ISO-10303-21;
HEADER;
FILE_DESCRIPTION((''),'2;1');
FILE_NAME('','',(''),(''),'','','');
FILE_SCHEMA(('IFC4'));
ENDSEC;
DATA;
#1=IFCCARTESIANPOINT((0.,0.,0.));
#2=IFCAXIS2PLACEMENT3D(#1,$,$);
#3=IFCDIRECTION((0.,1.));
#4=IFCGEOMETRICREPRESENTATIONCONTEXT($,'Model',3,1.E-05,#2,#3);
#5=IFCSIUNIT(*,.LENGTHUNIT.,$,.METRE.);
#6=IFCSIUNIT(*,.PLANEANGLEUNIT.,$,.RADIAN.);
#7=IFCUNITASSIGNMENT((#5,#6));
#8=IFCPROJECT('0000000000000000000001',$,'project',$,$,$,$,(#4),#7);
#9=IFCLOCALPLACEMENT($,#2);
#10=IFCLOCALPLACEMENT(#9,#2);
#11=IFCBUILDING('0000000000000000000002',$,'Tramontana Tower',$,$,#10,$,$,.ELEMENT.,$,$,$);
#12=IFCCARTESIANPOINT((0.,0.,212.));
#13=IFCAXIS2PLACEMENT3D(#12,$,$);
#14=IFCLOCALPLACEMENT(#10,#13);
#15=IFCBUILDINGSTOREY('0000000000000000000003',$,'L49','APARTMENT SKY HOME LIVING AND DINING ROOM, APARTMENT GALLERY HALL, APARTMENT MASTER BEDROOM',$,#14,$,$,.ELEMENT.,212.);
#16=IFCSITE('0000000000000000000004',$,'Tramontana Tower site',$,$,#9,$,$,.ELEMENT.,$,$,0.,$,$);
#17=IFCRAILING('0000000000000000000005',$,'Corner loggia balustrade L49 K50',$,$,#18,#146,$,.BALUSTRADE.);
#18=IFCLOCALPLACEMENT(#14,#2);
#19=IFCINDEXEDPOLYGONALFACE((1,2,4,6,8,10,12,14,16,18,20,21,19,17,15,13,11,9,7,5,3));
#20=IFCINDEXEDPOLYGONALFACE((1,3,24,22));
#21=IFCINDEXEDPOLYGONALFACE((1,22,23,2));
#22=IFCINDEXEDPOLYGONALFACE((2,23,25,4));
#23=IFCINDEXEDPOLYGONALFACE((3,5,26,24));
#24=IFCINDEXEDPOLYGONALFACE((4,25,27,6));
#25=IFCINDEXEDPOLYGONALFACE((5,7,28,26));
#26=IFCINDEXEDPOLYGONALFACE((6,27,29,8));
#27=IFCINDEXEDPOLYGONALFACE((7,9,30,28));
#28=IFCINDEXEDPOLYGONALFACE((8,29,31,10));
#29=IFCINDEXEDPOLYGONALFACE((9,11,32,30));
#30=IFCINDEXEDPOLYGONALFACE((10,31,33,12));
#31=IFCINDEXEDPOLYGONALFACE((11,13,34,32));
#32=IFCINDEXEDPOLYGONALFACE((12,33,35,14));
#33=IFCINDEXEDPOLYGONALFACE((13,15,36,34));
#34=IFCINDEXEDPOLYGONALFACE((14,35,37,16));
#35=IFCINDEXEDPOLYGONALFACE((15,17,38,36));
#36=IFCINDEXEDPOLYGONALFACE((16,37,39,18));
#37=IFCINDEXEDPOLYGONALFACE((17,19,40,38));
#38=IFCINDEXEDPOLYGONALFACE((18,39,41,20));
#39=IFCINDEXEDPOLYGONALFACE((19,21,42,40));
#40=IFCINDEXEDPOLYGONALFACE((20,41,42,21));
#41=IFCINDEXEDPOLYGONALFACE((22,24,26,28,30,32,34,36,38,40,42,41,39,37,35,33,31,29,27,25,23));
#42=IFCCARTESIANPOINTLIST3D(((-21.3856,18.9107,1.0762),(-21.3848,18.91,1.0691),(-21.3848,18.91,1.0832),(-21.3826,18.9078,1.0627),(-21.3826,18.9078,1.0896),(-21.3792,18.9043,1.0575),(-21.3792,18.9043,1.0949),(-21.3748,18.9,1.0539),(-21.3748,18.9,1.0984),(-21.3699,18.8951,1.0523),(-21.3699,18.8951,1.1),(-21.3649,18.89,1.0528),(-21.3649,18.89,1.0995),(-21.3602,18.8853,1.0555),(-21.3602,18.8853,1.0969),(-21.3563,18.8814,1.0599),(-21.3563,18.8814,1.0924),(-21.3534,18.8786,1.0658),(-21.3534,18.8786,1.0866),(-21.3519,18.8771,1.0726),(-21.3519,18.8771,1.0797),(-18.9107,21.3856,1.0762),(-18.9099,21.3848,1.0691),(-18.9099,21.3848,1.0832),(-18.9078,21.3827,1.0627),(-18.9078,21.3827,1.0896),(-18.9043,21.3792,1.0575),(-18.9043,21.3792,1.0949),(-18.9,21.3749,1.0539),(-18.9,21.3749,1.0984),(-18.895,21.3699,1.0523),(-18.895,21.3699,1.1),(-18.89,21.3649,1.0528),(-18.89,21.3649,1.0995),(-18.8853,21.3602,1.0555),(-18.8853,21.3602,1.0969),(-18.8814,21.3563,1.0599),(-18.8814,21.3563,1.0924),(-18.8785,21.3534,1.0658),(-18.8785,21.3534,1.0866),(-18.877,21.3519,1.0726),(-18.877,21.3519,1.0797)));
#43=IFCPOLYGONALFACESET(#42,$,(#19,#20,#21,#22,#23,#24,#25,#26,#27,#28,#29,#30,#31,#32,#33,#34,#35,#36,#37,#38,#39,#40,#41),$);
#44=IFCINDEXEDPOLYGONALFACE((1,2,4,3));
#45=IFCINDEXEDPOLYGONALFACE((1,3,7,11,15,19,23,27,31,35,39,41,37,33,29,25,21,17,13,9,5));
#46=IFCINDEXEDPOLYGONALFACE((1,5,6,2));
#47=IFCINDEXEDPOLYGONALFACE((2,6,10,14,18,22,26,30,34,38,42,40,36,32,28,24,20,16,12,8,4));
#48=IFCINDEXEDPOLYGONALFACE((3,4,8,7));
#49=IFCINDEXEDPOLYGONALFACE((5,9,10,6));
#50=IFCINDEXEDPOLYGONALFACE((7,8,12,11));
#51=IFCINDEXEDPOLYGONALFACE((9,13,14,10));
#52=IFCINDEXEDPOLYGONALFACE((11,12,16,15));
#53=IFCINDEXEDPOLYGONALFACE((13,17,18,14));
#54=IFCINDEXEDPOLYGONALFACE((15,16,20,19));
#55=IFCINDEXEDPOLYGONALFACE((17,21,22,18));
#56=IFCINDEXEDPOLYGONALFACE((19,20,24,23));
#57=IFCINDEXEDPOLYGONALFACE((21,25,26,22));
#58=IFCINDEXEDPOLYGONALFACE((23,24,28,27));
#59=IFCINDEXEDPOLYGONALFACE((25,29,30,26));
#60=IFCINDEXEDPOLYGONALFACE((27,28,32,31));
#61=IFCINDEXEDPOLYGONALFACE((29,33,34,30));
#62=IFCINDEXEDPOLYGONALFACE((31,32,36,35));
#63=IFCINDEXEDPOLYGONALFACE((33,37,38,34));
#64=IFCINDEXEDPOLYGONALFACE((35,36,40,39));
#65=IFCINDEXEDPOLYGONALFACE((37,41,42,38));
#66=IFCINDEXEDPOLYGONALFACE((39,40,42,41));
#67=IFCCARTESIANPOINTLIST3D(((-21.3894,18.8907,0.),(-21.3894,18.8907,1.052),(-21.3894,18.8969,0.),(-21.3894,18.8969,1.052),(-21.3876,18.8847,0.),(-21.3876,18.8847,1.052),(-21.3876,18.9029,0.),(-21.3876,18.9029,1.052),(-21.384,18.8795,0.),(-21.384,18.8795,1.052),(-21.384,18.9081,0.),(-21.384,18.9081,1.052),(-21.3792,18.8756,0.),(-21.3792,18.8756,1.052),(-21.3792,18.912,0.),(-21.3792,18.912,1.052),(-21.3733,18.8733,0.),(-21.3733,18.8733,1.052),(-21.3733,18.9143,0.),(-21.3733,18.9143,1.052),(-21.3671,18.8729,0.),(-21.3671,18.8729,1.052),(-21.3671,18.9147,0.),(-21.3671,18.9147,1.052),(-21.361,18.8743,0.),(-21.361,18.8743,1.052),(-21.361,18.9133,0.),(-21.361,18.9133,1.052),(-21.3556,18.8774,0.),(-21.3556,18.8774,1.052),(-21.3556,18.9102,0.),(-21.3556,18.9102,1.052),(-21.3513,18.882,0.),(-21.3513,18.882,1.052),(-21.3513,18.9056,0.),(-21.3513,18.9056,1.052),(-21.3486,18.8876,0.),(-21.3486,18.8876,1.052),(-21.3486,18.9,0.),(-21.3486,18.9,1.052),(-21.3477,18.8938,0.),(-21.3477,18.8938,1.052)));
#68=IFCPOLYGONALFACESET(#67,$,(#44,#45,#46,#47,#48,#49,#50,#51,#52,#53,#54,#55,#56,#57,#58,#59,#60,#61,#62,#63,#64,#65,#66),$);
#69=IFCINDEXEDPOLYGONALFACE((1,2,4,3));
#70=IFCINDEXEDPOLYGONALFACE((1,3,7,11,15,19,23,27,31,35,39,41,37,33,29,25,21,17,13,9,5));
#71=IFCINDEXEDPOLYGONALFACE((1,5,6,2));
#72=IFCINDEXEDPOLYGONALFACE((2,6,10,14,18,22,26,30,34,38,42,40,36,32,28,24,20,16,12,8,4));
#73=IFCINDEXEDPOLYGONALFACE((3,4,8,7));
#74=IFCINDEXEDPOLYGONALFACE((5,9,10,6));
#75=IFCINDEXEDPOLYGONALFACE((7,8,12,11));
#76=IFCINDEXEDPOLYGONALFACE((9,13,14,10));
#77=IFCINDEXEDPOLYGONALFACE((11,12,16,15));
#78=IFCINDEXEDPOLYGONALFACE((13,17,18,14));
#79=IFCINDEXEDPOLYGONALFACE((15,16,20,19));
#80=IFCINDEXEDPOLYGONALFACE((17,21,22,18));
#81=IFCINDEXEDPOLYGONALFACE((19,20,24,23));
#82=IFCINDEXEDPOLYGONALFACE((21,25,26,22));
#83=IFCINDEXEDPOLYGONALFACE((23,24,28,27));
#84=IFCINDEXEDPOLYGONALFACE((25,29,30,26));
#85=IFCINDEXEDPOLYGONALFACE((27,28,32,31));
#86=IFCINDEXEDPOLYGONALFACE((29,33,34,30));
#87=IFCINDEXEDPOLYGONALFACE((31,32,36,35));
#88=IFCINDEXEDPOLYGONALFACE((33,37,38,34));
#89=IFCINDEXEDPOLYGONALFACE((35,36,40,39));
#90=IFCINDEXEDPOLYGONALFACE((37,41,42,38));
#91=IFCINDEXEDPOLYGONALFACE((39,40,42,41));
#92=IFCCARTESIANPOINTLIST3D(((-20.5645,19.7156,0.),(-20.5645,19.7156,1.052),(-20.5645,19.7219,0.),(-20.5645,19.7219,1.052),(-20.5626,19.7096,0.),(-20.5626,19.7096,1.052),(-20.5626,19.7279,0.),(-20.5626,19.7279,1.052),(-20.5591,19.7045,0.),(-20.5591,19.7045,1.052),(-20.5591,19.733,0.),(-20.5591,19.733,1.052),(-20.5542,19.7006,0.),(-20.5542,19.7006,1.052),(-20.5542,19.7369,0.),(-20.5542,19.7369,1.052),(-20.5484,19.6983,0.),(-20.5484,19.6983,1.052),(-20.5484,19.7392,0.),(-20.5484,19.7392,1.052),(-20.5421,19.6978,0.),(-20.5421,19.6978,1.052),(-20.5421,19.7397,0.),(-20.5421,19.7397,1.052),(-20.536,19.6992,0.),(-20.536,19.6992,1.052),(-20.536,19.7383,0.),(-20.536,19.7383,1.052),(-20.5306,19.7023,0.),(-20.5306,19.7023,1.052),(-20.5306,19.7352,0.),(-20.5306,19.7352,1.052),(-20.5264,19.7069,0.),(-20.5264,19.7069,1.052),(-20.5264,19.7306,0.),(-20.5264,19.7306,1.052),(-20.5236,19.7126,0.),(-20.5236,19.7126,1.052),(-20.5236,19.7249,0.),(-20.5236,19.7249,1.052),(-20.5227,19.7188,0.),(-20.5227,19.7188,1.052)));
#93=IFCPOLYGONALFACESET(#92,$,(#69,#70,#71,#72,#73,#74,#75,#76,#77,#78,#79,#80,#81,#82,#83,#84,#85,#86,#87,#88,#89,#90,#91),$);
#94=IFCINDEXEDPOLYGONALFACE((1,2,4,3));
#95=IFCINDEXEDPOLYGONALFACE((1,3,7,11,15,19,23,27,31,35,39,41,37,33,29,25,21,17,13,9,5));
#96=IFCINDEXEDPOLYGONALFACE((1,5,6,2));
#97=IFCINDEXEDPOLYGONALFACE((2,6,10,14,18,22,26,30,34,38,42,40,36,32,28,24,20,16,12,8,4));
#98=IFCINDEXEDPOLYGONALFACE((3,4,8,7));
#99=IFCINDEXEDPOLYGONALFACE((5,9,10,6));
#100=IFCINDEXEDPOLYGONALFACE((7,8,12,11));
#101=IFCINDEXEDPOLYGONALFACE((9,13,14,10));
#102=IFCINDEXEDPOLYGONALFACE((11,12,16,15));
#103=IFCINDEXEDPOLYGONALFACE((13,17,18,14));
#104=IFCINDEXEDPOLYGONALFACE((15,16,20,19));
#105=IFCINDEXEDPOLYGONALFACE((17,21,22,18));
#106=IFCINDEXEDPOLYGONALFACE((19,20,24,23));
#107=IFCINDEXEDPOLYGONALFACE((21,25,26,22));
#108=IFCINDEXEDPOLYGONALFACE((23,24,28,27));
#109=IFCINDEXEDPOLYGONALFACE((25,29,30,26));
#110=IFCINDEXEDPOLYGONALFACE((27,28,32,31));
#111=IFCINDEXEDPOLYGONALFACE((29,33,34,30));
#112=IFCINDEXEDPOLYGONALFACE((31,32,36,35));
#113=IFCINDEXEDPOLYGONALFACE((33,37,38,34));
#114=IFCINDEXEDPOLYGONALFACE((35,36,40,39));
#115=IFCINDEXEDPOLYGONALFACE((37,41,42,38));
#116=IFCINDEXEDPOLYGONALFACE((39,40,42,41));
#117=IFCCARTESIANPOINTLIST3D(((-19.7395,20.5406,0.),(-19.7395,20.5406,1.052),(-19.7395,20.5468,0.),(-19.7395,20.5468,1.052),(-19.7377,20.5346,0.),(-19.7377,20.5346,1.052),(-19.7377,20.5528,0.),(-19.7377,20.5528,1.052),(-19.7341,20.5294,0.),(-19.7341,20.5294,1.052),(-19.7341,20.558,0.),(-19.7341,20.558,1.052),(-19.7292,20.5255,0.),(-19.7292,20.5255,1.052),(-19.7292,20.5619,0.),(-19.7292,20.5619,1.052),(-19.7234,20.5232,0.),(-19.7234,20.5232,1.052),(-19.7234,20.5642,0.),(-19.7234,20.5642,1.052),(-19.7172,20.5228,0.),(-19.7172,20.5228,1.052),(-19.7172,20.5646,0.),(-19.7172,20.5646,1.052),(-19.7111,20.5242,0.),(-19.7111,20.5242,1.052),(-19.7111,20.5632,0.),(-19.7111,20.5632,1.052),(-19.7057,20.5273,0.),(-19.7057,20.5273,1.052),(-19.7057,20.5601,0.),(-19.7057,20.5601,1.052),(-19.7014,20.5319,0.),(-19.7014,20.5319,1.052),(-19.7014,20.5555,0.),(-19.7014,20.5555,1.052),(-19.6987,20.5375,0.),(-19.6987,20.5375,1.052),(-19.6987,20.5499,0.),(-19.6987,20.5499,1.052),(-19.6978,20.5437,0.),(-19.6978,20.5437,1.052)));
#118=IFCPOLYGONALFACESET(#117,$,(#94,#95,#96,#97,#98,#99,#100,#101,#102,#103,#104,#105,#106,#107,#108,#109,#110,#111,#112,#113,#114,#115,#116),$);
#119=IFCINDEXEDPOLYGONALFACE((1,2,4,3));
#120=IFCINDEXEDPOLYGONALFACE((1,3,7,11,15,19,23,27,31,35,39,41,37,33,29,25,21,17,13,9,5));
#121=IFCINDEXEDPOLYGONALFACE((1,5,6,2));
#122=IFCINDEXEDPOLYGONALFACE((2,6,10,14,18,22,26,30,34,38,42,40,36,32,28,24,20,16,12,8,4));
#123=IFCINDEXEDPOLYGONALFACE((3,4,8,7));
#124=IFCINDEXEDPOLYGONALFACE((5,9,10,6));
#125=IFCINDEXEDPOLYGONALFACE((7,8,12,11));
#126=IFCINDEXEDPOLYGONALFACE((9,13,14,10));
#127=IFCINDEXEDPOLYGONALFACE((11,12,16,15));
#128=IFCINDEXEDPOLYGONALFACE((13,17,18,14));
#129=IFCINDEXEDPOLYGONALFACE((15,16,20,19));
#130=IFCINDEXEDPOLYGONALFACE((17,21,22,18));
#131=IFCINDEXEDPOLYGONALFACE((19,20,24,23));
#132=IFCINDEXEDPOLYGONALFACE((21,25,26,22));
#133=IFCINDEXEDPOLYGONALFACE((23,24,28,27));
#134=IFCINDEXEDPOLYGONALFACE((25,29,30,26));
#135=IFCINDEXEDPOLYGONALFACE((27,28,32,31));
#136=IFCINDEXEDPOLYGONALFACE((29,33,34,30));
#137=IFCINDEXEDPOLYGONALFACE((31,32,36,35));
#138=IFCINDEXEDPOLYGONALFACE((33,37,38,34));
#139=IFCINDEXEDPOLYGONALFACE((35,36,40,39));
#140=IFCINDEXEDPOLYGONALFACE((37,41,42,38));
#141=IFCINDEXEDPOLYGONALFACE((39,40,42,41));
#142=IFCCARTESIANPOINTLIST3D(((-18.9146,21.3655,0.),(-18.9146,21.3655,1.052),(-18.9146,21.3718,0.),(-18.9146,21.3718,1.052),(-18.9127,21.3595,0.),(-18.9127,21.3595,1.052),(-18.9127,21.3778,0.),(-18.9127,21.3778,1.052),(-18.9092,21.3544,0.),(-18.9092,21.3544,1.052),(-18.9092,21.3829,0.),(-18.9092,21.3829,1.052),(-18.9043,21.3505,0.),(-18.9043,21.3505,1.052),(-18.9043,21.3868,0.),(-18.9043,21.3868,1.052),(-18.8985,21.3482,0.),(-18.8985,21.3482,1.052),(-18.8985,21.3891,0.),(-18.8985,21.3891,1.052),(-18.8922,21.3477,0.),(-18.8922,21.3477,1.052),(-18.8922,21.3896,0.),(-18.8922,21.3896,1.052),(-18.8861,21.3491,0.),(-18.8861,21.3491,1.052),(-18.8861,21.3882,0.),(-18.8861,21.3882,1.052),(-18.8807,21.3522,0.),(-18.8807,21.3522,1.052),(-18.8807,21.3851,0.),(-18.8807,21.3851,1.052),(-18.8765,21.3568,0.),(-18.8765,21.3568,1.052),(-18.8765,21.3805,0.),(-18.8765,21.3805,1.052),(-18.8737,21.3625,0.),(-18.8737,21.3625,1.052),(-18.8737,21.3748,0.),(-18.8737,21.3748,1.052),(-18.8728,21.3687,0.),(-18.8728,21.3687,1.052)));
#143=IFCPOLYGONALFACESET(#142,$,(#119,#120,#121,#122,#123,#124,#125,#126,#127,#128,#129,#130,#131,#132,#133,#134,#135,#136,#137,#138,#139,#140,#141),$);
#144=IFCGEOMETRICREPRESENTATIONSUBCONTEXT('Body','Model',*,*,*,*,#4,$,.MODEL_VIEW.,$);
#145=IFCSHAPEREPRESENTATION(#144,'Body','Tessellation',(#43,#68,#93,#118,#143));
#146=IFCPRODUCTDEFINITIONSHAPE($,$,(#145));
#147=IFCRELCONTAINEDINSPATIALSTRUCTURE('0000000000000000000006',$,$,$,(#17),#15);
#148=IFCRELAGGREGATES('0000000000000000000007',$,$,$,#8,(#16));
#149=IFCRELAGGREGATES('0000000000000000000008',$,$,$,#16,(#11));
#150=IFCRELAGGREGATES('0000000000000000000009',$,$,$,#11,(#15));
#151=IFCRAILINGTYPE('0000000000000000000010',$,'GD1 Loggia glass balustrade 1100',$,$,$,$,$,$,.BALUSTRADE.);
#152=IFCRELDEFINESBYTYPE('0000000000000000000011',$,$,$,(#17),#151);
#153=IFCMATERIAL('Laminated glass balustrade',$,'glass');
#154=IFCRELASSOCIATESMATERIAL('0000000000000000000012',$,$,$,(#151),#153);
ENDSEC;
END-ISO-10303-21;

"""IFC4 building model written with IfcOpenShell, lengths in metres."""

from ifc_helpers import new_model, si_unit, direction, frame, origin, origin_2d, place, context, subcontext, project, spatial, circle, extrude, material, type_object, element, save


model = new_model("IFC4")

# Units and contexts
model_context = context("Model", 3, precision=1e-05, world=origin(), true_north=direction((0.0, 1.0)))
body_context = subcontext(model_context, "Body", "Model", "MODEL_VIEW")
ifc_project = project(units=[si_unit("LENGTHUNIT", "METRE"), si_unit("PLANEANGLEUNIT", "RADIAN")], contexts=[model_context])

# Site, building, storey
site_placement = place(None, origin())
site = spatial("IfcSite", under=ifc_project, at=site_placement, Name="Tramontana Tower site", CompositionType="ELEMENT", RefElevation=0.0)
building_placement = place(site_placement, origin())
building = spatial("IfcBuilding", under=site, at=building_placement, Name="Tramontana Tower", CompositionType="ELEMENT")
storey_placement = place(building_placement, frame((0.0, 0.0, 212.0)))
storey = spatial("IfcBuildingStorey", under=building, at=storey_placement, Name="L49", Description="APARTMENT SKY HOME LIVING AND DINING ROOM, APARTMENT GALLERY HALL, APARTMENT MASTER BEDROOM", CompositionType="ELEMENT", Elevation=212.0)

# Railing
ifc_material_1 = material(Name="Laminated glass balustrade", Category="glass")
railing_type = type_object("IfcRailingType", Name="GD1 Loggia glass balustrade 1100", PredefinedType="BALUSTRADE", material=ifc_material_1)
railing_placement = place(storey_placement, frame((-21.3687, 18.8938, 0.0)))
element("IfcRailing", 1, at=railing_placement, inside=storey, type_object=railing_type, Name="Corner loggia balustrade L49 K50", PredefinedType="BALUSTRADE", context=body_context, shape_type="SweptSolid", body=[
    extrude(circle(Radius=0.0239, at=origin_2d()), frame((0.0, 0.0, 1.0762), z_axis=(0.707107, 0.707107, 0.0), x_axis=(-0.707107, 0.707107, 0.0)), (0.0, 0.0, 1.0), 3.5),
    extrude(circle(Radius=0.021, at=origin_2d()), origin(), (0.0, 0.0, 1.0), 1.052),
    extrude(circle(Radius=0.021, at=origin_2d()), frame((0.825, 0.825, 0.0)), (0.0, 0.0, 1.0), 1.052),
    extrude(circle(Radius=0.021, at=origin_2d()), frame((1.6499, 1.6499, 0.0)), (0.0, 0.0, 1.0), 1.052),
    extrude(circle(Radius=0.021, at=origin_2d()), frame((2.4749, 2.4749, 0.0)), (0.0, 0.0, 1.0), 1.052),
])

save(model, "model.ifc")
